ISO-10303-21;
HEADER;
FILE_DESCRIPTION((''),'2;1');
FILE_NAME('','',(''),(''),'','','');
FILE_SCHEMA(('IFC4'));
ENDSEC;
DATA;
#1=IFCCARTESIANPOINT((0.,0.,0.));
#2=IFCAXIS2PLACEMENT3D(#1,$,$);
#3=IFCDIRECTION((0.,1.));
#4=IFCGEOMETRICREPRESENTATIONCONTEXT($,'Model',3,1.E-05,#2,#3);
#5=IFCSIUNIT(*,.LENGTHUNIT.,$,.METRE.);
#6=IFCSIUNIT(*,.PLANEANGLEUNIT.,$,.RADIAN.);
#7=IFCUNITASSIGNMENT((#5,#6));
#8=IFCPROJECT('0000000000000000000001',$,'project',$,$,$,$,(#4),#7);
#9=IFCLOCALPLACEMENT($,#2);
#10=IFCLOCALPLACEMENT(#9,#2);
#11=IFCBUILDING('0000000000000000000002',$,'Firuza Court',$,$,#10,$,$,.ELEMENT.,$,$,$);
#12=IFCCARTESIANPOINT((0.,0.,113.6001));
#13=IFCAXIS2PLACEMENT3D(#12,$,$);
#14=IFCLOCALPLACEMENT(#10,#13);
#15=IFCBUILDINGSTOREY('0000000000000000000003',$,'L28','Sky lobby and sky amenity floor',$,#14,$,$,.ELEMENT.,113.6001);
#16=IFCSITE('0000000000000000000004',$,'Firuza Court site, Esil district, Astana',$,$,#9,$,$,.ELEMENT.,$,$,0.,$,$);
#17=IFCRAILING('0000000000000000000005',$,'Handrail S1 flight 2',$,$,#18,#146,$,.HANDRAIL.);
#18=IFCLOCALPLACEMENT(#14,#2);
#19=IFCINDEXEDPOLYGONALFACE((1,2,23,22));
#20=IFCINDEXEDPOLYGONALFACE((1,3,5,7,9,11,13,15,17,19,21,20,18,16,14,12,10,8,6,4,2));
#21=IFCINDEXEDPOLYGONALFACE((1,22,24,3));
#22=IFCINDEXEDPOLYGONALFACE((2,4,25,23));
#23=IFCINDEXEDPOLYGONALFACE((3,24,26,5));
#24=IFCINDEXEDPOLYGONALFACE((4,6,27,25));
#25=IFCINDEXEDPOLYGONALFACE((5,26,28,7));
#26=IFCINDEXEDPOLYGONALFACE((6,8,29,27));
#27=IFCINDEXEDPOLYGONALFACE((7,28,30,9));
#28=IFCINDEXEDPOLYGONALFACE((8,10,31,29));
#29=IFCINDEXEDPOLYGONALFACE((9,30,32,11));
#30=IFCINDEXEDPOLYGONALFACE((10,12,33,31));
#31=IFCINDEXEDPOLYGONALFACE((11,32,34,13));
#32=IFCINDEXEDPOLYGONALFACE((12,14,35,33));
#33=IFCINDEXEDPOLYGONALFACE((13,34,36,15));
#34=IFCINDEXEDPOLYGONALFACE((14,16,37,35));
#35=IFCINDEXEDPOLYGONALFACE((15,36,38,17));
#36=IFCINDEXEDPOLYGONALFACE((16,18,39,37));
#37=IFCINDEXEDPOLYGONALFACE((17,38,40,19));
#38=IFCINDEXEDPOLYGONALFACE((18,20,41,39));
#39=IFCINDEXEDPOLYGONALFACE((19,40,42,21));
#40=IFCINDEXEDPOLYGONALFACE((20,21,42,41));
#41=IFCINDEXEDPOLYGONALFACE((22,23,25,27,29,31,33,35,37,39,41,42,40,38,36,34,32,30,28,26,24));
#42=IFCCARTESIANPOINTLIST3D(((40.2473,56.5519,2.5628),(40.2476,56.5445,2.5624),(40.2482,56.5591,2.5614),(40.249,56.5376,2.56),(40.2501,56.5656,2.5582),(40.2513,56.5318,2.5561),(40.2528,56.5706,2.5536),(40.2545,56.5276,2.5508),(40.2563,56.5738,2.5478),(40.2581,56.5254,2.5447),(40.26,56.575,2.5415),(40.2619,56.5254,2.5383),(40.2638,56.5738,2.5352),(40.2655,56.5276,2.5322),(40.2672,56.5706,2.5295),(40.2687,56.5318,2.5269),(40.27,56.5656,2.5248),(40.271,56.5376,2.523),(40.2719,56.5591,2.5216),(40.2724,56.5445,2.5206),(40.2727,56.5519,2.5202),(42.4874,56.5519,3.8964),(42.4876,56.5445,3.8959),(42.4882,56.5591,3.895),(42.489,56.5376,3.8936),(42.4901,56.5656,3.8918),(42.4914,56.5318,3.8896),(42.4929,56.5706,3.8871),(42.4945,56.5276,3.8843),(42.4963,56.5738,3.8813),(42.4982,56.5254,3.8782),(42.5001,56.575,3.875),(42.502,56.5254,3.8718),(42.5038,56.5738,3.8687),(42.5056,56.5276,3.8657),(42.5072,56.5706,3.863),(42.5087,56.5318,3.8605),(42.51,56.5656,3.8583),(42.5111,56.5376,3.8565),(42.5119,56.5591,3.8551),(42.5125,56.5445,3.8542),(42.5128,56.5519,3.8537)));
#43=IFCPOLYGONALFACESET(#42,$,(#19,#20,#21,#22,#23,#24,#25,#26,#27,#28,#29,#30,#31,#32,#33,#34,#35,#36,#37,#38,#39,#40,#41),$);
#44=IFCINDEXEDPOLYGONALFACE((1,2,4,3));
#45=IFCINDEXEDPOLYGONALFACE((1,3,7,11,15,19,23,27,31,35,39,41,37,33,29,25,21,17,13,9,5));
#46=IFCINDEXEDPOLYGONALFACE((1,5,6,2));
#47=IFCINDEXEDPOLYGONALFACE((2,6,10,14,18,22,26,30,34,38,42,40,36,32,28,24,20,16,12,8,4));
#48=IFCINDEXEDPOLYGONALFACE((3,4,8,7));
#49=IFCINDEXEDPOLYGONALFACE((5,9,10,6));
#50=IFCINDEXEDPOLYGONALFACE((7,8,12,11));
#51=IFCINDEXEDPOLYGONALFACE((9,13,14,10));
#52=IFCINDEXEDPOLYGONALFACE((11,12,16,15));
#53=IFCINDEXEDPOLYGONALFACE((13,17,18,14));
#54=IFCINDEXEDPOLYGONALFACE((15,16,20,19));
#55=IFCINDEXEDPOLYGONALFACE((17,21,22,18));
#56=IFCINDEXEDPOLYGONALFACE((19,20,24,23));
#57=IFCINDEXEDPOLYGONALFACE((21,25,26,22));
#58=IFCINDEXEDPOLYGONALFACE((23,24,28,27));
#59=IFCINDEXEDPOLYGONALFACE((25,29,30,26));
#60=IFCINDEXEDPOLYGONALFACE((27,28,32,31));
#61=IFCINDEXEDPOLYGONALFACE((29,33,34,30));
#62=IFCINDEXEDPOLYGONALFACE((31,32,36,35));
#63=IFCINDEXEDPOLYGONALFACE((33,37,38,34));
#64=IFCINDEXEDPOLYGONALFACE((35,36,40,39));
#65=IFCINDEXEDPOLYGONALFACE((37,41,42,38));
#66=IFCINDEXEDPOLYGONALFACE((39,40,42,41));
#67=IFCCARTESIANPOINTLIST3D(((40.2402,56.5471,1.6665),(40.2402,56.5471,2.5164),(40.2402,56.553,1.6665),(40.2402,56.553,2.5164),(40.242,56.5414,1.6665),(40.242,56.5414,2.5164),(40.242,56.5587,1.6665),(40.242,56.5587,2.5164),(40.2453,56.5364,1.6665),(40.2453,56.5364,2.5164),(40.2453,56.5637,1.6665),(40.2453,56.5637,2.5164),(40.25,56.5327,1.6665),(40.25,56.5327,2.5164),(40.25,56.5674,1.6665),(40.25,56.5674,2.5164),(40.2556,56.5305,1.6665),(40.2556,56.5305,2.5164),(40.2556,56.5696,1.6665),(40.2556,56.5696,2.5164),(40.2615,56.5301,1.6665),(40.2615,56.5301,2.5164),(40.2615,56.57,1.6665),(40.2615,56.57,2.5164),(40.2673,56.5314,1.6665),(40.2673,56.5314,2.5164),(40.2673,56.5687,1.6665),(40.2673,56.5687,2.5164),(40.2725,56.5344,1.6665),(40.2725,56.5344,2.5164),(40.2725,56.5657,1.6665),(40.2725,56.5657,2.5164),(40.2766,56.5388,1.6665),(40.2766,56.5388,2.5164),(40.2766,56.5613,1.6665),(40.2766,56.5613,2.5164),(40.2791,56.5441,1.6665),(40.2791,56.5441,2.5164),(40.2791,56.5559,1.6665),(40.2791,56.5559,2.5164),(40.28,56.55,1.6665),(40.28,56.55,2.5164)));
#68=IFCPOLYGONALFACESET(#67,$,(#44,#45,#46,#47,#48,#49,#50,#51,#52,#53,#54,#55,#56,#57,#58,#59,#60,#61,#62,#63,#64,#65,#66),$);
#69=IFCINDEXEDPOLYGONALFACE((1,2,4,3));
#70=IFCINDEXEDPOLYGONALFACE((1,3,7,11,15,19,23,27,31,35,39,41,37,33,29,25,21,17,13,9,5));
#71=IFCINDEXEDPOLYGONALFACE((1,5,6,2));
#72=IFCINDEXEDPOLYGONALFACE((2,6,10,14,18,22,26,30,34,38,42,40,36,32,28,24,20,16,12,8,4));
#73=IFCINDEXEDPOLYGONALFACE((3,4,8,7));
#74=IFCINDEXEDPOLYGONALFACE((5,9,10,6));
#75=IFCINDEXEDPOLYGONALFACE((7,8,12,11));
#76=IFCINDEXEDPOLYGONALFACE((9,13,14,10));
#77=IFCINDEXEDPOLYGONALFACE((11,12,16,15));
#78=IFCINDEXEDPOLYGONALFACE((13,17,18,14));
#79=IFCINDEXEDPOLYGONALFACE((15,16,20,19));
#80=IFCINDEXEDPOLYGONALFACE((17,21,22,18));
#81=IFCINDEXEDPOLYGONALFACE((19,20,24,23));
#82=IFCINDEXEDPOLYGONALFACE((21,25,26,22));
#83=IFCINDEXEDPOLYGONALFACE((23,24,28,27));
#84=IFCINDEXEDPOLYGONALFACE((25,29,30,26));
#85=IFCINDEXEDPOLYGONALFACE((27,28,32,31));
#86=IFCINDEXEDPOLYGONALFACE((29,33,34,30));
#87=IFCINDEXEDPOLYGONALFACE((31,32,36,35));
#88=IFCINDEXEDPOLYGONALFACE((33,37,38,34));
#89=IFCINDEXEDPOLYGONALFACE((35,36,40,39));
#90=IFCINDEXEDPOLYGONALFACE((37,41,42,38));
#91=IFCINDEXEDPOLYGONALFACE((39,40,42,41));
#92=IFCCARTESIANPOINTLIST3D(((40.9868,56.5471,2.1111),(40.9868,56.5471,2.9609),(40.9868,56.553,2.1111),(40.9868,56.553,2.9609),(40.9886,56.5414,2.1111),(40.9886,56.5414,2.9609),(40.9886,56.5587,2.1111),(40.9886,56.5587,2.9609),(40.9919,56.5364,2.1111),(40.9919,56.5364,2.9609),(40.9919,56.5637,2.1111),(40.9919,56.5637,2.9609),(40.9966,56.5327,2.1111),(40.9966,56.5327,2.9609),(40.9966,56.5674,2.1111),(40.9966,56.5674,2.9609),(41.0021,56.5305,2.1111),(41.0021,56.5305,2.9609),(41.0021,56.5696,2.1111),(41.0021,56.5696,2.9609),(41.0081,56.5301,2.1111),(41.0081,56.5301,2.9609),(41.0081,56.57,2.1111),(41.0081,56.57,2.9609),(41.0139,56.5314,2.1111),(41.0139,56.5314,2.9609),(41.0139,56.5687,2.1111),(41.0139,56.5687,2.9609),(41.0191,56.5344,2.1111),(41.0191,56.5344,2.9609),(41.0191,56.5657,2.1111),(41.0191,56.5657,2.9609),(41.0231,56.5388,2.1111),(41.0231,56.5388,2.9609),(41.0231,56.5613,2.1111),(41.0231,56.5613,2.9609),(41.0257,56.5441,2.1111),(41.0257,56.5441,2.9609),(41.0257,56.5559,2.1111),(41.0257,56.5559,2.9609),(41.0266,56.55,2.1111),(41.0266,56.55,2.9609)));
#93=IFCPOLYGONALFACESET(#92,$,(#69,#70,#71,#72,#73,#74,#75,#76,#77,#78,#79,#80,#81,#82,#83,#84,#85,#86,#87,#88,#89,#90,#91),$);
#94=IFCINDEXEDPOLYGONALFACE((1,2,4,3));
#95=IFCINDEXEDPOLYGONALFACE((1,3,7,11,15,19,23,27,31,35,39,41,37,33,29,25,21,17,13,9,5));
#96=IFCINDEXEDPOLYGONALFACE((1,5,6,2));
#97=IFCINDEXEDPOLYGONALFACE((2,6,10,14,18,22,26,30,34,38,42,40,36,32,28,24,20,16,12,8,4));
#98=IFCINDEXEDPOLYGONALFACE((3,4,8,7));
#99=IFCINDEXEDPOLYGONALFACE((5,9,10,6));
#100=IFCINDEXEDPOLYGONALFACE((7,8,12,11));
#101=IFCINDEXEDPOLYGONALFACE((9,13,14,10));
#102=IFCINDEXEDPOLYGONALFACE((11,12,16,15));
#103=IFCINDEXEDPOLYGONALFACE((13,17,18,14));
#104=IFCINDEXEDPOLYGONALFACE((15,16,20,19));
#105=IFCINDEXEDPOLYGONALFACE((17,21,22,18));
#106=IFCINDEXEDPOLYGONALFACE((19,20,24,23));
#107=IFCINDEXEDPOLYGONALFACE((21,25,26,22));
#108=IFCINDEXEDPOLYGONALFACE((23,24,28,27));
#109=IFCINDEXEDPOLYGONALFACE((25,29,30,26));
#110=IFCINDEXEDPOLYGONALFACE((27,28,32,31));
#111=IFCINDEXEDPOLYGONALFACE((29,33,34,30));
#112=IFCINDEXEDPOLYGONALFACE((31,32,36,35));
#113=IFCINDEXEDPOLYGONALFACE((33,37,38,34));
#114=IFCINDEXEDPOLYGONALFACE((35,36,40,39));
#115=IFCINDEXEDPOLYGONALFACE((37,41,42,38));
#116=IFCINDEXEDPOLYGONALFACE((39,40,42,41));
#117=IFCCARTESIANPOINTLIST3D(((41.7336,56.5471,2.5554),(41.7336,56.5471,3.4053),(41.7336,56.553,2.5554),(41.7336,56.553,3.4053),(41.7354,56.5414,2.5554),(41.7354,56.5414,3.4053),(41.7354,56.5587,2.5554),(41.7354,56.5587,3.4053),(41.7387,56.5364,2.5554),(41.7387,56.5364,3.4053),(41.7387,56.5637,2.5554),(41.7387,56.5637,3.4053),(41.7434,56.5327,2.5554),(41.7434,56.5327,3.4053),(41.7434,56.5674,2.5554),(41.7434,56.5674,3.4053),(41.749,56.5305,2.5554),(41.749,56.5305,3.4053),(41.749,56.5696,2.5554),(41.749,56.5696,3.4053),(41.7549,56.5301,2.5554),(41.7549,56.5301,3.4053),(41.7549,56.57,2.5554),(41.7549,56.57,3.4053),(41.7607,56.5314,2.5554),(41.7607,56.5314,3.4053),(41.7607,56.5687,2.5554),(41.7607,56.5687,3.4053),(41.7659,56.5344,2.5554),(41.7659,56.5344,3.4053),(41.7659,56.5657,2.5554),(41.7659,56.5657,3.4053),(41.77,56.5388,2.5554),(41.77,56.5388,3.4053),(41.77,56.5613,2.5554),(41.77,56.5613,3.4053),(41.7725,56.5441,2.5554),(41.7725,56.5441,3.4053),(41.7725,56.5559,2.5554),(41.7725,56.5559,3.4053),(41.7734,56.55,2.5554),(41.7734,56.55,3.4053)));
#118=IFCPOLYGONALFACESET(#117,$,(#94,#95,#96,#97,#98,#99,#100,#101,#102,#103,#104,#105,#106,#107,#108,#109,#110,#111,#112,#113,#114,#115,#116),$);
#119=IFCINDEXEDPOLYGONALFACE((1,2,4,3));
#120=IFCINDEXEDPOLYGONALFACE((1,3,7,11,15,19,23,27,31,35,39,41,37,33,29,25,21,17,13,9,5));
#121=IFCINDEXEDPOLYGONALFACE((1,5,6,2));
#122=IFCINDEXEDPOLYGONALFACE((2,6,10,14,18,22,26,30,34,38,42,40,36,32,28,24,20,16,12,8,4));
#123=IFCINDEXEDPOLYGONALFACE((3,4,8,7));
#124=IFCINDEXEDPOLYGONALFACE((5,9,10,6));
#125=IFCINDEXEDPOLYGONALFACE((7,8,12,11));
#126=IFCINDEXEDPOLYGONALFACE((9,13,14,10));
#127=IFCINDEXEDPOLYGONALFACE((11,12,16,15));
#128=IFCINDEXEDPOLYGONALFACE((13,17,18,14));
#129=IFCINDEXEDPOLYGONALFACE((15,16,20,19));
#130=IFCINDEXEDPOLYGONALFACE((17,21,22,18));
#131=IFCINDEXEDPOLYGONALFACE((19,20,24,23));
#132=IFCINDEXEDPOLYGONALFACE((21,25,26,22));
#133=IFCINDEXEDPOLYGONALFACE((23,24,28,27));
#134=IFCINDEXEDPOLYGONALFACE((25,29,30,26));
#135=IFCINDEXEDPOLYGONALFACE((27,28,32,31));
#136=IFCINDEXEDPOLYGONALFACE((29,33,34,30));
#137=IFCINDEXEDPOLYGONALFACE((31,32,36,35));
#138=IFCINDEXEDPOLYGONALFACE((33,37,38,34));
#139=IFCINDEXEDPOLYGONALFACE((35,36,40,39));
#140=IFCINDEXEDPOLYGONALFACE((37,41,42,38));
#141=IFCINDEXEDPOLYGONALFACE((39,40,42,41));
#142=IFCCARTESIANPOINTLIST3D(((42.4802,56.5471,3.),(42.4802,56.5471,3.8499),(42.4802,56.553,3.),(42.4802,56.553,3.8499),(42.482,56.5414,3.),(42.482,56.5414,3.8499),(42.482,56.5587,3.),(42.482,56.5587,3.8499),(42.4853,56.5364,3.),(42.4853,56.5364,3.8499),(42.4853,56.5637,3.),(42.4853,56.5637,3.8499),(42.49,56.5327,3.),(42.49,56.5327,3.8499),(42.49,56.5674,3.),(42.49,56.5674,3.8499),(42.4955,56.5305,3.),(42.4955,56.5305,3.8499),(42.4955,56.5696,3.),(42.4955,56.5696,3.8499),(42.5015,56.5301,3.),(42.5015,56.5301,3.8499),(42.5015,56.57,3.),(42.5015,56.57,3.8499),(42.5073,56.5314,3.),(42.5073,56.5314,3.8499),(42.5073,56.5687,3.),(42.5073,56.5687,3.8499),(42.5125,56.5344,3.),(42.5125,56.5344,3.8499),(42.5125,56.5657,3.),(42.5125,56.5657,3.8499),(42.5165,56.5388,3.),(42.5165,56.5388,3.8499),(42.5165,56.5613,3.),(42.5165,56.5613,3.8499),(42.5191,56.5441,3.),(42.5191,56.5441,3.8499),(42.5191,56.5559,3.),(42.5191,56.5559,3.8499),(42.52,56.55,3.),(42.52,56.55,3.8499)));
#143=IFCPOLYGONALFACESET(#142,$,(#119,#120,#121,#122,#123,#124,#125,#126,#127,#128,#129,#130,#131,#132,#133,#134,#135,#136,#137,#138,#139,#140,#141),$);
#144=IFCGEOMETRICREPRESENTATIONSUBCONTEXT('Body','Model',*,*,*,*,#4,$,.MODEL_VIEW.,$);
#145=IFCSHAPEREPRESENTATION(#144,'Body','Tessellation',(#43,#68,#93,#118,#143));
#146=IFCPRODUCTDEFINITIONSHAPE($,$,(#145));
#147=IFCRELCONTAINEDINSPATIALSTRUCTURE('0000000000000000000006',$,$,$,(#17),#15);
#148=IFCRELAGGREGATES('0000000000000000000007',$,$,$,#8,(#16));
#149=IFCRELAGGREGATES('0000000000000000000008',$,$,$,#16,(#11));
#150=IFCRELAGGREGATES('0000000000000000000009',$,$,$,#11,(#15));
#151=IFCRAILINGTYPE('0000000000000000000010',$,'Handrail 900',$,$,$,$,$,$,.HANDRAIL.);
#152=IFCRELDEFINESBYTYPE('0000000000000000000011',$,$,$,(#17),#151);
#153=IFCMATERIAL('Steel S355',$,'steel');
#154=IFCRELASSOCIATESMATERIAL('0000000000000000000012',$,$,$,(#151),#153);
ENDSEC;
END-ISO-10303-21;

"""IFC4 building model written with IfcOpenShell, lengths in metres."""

from ifc_helpers import new_model, si_unit, direction, frame, origin, origin_2d, place, context, subcontext, project, spatial, circle, extrude, material, type_object, element, save


model = new_model("IFC4")

# Units and contexts
model_context = context("Model", 3, precision=1e-05, world=origin(), true_north=direction((0.0, 1.0)))
body_context = subcontext(model_context, "Body", "Model", "MODEL_VIEW")
ifc_project = project(units=[si_unit("LENGTHUNIT", "METRE"), si_unit("PLANEANGLEUNIT", "RADIAN")], contexts=[model_context])

# Site, building, storey
site_placement = place(None, origin())
site = spatial("IfcSite", under=ifc_project, at=site_placement, Name="Firuza Court site, Esil district, Astana", CompositionType="ELEMENT", RefElevation=0.0)
building_placement = place(site_placement, origin())
building = spatial("IfcBuilding", under=site, at=building_placement, Name="Firuza Court", CompositionType="ELEMENT")
storey_placement = place(building_placement, frame((0.0, 0.0, 113.6001)))
storey = spatial("IfcBuildingStorey", under=building, at=storey_placement, Name="L28", Description="Sky lobby and sky amenity floor", CompositionType="ELEMENT", Elevation=113.6001)

# Railing
ifc_material_1 = material(Name="Steel S355", Category="steel")
railing_type_1 = type_object("IfcRailingType", Name="Handrail 900", PredefinedType="HANDRAIL", material=ifc_material_1)
railing_1_placement = place(storey_placement, frame((40.26, 56.55, 1.6665)))
element("IfcRailing", 1, at=railing_1_placement, inside=storey, type_object=railing_type_1, Name="Handrail S1 flight 2", PredefinedType="HANDRAIL", context=body_context, shape_type="SweptSolid", body=[
    extrude(circle(Radius=0.0249, at=origin_2d()), frame((0.0, 0.0, 0.875), z_axis=(0.859264, 0.0, 0.511532), x_axis=(0.0, 1.0, 0.0)), (0.0, 0.0, 1.0), 2.6069),
    extrude(circle(Radius=0.02, at=origin_2d()), origin(), (0.0, 0.0, 1.0), 0.8499),
    extrude(circle(Radius=0.02, at=origin_2d()), frame((0.7466, 0.0, 0.4446)), (0.0, 0.0, 1.0), 0.8499),
    extrude(circle(Radius=0.02, at=origin_2d()), frame((1.4934, 0.0, 0.8889)), (0.0, 0.0, 1.0), 0.8499),
    extrude(circle(Radius=0.02, at=origin_2d()), frame((2.24, 0.0, 1.3335)), (0.0, 0.0, 1.0), 0.8499),
])

save(model, "model.ifc")
